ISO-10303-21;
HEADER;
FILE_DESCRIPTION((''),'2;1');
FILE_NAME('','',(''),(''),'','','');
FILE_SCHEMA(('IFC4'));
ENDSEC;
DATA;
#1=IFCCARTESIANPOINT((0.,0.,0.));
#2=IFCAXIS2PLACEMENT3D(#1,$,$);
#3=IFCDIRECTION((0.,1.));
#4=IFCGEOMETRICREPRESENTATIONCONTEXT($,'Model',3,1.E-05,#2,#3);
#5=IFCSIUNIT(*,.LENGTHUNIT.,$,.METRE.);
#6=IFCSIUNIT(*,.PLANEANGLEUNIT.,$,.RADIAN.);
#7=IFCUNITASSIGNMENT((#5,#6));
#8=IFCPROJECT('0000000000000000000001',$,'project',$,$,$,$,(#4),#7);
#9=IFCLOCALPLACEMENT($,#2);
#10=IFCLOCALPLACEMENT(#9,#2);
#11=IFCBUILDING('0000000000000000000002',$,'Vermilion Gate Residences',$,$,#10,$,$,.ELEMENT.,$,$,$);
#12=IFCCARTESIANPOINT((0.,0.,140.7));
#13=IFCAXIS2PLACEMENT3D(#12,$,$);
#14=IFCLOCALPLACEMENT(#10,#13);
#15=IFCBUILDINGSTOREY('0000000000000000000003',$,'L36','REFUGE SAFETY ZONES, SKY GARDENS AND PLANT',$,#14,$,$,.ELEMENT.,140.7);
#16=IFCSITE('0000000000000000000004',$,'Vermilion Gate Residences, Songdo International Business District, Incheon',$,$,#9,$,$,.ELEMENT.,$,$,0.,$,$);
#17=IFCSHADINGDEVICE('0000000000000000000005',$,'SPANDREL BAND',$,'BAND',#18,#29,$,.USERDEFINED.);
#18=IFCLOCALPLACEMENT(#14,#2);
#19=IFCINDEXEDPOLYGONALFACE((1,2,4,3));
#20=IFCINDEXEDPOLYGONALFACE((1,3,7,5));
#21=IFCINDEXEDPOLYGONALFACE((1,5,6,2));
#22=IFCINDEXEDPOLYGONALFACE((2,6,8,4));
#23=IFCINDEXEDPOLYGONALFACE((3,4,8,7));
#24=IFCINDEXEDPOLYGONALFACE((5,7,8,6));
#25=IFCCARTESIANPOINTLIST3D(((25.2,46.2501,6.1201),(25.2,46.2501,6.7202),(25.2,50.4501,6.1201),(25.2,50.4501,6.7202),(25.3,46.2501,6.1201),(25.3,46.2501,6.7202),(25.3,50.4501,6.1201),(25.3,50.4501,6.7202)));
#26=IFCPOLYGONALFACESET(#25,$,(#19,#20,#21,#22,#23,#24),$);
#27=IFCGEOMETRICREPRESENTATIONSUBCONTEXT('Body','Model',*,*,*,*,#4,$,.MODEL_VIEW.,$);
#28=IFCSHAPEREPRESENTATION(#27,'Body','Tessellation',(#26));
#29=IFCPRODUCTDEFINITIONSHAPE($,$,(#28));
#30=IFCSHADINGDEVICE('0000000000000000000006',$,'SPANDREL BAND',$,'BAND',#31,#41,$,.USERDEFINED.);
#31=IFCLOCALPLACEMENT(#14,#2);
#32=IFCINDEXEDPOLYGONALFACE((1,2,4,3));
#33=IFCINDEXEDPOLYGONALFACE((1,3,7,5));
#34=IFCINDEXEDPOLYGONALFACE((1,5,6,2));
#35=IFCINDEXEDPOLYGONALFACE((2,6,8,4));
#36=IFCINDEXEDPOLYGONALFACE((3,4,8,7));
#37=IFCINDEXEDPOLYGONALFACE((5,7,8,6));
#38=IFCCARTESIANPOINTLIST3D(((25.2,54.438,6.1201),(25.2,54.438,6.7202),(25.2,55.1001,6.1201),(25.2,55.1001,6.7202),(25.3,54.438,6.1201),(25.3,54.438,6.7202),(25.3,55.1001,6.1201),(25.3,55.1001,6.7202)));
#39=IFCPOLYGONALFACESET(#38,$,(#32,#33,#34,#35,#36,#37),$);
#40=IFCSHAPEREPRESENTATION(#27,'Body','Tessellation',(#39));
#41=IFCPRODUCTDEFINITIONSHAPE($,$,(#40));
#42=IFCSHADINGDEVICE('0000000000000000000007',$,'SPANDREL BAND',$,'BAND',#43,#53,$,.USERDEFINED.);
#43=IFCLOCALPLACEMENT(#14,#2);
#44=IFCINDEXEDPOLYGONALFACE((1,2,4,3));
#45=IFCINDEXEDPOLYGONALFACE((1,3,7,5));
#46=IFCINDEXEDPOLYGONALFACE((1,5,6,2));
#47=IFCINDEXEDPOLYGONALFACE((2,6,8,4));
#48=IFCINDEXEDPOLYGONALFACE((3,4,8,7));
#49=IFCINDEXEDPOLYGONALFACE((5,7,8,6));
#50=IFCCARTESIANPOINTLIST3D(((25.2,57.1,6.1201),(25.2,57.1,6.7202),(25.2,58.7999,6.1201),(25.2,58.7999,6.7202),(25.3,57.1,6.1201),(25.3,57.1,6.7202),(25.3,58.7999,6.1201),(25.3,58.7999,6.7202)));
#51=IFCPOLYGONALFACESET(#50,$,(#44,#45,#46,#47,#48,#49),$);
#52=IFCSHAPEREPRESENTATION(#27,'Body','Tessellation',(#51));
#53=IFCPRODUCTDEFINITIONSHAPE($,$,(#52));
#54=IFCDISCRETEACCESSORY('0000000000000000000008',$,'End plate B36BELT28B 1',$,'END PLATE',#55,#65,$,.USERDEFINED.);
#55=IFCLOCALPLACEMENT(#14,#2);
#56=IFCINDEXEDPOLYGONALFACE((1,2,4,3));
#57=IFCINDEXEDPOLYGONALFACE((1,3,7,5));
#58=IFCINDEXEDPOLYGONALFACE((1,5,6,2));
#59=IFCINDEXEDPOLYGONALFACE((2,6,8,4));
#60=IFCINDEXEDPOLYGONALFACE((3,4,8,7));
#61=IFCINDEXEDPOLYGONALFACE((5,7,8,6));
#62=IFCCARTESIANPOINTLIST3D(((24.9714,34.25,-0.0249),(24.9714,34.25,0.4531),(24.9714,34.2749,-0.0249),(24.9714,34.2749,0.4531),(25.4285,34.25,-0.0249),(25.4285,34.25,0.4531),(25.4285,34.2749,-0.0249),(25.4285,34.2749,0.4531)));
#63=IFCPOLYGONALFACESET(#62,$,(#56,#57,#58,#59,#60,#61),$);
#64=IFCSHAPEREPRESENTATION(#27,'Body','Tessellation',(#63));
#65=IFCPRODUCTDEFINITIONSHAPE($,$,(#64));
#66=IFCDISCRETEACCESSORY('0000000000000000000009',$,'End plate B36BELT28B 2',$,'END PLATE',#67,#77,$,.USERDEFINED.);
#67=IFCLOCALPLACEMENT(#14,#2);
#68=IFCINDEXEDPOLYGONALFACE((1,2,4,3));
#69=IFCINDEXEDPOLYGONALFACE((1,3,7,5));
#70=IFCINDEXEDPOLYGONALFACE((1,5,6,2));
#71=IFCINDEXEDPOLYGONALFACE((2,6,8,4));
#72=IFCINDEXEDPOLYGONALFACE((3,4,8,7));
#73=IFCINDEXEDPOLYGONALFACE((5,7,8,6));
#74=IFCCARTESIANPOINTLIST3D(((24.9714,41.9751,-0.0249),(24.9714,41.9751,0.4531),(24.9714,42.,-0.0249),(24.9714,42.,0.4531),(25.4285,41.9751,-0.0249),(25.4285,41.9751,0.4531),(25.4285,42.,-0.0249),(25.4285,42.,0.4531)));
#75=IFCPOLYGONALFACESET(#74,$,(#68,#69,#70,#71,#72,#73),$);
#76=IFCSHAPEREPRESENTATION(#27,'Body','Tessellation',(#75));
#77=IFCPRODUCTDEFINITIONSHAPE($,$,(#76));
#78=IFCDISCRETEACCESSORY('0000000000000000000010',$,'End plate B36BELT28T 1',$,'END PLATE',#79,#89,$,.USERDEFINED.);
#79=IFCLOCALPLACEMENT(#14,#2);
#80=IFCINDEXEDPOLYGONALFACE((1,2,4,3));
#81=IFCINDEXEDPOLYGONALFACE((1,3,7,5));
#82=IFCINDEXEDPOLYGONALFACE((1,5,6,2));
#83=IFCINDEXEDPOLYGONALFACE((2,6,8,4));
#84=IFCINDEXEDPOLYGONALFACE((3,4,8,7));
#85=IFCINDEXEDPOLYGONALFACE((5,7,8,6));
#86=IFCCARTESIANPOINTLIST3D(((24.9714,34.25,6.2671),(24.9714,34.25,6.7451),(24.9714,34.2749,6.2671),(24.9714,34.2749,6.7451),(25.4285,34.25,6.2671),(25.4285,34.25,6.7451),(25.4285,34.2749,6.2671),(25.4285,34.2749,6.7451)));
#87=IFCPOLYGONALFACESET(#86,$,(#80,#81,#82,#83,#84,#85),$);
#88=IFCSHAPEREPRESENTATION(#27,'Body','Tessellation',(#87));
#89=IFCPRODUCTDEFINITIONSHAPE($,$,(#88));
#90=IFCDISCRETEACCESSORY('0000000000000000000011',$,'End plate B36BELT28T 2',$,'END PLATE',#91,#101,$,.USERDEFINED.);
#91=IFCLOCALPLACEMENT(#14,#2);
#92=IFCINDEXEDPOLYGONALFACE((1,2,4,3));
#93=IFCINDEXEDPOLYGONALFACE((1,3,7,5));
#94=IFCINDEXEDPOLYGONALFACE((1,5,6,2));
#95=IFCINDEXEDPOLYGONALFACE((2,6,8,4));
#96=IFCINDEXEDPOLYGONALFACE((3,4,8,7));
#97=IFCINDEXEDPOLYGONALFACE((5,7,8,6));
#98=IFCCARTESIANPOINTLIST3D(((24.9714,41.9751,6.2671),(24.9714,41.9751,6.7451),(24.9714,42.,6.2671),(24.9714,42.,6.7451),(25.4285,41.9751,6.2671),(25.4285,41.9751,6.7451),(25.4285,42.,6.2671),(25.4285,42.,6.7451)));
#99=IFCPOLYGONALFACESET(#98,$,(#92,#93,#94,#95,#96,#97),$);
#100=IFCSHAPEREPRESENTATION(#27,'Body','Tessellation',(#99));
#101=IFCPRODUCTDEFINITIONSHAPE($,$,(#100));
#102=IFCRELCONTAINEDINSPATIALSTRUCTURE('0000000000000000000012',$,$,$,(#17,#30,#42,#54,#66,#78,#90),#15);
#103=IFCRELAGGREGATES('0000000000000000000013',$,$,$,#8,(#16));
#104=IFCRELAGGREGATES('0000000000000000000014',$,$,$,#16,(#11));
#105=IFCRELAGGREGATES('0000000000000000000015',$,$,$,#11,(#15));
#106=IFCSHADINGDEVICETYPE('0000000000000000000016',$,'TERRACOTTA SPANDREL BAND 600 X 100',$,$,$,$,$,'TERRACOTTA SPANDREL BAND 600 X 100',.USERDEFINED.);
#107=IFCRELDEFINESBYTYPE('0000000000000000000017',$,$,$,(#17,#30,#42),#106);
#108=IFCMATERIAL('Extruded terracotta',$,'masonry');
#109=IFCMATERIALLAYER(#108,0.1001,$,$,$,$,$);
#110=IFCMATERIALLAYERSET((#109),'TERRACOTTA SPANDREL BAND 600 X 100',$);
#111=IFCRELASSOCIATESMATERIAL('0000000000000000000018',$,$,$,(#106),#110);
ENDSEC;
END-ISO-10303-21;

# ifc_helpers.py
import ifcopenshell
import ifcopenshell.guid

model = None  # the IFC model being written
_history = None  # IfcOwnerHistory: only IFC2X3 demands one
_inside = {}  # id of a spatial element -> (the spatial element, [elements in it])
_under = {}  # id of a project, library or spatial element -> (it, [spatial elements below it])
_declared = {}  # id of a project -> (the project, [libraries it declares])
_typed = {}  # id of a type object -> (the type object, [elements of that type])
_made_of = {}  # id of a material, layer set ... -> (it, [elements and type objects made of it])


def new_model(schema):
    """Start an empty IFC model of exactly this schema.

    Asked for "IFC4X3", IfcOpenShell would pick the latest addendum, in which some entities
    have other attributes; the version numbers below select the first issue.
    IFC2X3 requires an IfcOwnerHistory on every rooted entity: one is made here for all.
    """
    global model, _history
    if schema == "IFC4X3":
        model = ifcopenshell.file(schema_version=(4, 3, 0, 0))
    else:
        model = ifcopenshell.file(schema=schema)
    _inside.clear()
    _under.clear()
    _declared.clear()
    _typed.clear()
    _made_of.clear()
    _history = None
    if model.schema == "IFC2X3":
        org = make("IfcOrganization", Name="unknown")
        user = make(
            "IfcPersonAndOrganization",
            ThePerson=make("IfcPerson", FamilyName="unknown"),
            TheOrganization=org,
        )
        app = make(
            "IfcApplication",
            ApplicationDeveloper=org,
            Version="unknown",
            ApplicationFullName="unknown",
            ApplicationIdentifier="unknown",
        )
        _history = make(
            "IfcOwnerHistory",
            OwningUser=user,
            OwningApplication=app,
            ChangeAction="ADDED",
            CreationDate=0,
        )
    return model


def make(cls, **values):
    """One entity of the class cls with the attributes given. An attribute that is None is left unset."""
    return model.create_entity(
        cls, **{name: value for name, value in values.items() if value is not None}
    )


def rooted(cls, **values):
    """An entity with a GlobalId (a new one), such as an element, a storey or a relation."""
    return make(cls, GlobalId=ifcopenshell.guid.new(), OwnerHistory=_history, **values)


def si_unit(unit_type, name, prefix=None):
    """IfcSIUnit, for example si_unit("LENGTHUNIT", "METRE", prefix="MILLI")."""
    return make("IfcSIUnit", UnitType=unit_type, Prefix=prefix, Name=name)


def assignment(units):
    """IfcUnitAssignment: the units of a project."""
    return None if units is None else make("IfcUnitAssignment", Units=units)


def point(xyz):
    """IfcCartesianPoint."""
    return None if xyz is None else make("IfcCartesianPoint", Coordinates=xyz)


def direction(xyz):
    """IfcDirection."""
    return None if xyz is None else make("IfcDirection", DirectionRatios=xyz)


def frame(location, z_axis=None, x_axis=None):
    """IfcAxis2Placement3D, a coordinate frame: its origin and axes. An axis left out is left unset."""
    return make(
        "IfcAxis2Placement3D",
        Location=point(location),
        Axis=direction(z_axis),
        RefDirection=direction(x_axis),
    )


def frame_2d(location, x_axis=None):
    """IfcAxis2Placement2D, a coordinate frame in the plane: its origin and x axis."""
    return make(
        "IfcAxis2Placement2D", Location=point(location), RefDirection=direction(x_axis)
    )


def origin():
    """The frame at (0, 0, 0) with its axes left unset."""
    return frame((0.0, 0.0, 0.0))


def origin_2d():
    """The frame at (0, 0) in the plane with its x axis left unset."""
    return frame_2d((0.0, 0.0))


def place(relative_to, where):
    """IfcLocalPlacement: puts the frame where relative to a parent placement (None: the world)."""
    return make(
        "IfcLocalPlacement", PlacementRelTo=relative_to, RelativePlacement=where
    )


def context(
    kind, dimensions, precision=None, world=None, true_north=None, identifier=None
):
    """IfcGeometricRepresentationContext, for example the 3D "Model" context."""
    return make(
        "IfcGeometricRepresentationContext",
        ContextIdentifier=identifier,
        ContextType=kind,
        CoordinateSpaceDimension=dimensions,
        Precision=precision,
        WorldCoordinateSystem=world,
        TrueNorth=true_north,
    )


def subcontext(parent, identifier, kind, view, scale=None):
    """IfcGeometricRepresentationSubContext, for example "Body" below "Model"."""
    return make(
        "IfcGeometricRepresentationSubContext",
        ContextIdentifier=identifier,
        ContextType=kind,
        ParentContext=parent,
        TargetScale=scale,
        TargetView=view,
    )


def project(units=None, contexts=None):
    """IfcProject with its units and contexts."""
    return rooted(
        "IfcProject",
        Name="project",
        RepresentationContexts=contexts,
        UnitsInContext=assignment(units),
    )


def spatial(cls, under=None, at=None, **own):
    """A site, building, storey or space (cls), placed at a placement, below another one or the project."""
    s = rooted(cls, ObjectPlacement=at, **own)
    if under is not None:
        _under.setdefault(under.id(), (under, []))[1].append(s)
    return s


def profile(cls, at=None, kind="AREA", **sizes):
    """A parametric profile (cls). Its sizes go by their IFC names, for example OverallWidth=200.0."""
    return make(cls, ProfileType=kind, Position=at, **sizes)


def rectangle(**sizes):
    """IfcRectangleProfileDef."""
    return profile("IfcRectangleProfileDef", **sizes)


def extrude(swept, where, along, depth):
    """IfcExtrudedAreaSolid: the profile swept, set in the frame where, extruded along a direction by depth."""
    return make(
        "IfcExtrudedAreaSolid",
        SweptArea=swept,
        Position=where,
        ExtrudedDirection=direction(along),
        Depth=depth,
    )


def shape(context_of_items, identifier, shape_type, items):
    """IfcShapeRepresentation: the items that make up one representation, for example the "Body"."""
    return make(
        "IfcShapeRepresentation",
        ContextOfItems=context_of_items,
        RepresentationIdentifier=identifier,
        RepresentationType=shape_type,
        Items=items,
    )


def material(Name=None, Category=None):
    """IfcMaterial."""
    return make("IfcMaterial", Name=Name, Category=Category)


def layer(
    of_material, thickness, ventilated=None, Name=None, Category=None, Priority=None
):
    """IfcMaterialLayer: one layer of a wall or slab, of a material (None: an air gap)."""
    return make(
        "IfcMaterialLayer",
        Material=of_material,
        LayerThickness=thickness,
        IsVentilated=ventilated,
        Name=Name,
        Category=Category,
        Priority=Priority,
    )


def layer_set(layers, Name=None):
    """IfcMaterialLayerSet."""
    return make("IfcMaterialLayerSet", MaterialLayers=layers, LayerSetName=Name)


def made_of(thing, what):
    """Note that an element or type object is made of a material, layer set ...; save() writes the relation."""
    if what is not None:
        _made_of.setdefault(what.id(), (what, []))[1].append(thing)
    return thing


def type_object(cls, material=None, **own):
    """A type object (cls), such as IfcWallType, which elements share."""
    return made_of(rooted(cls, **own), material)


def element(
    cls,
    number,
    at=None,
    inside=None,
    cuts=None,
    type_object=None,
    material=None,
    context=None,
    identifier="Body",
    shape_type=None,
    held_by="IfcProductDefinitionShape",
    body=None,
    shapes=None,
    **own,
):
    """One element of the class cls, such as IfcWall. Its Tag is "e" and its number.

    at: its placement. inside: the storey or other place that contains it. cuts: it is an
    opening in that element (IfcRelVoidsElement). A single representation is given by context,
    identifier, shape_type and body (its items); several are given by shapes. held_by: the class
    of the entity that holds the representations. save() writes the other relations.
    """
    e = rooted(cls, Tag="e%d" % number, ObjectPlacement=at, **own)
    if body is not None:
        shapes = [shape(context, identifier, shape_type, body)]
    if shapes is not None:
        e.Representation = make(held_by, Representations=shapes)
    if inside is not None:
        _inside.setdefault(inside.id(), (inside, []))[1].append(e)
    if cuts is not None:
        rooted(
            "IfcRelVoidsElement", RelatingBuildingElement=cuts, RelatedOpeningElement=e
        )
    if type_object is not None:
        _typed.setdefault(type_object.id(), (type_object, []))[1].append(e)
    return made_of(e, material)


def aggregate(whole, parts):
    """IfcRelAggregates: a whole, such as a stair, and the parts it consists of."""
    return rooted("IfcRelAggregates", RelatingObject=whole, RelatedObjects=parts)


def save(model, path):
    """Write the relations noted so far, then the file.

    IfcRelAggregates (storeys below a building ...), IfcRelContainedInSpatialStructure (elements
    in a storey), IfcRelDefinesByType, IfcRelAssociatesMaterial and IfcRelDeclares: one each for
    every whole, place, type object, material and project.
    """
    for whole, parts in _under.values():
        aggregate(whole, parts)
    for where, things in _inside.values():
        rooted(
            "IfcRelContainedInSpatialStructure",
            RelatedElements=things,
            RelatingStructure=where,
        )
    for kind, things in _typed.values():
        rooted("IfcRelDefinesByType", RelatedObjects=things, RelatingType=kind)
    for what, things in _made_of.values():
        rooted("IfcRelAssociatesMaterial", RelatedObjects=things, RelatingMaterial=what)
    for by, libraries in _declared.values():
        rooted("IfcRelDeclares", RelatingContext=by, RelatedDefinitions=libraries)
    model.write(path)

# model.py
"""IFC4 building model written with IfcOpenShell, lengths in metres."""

from ifc_helpers import new_model, si_unit, direction, frame, origin, origin_2d, place, context, subcontext, project, spatial, rectangle, extrude, material, layer, layer_set, type_object, element, save


model = new_model("IFC4")

# Units and contexts
model_context = context("Model", 3, precision=1e-05, world=origin(), true_north=direction((0.0, 1.0)))
body_context = subcontext(model_context, "Body", "Model", "MODEL_VIEW")
ifc_project = project(units=[si_unit("LENGTHUNIT", "METRE"), si_unit("PLANEANGLEUNIT", "RADIAN")], contexts=[model_context])

# Site, building, storey
site_placement = place(None, origin())
site = spatial("IfcSite", under=ifc_project, at=site_placement, Name="Vermilion Gate Residences, Songdo International Business District, Incheon", CompositionType="ELEMENT", RefElevation=0.0)
building_placement = place(site_placement, origin())
building = spatial("IfcBuilding", under=site, at=building_placement, Name="Vermilion Gate Residences", CompositionType="ELEMENT")
storey_placement = place(building_placement, frame((0.0, 0.0, 140.7)))
storey = spatial("IfcBuildingStorey", under=building, at=storey_placement, Name="L36", Description="REFUGE SAFETY ZONES, SKY GARDENS AND PLANT", CompositionType="ELEMENT", Elevation=140.7)

# Shading devices
ifc_material_1 = material(Name="Extruded terracotta", Category="masonry")
ifc_layer_1 = layer(ifc_material_1, 0.1001)
ifc_layer_set_1 = layer_set([ifc_layer_1], Name="TERRACOTTA SPANDREL BAND 600 X 100")
shading_device_type = type_object("IfcShadingDeviceType", Name="TERRACOTTA SPANDREL BAND 600 X 100", ElementType="TERRACOTTA SPANDREL BAND 600 X 100", PredefinedType="USERDEFINED", material=ifc_layer_set_1)
shading_device_1_placement = place(storey_placement, frame((25.25, 48.3501, 6.1201), z_axis=(0.0, 0.0, 1.0), x_axis=(0.0, 1.0, 0.0)))
element("IfcShadingDevice", 1, at=shading_device_1_placement, inside=storey, type_object=shading_device_type, Name="SPANDREL BAND", ObjectType="BAND", PredefinedType="USERDEFINED", context=body_context, shape_type="SweptSolid", body=[
    extrude(rectangle(XDim=4.2, YDim=0.1001, at=origin_2d()), origin(), (0.0, 0.0, 1.0), 0.6001),
])
shading_device_2_placement = place(storey_placement, frame((25.25, 54.769, 6.1201), z_axis=(0.0, 0.0, 1.0), x_axis=(0.0, 1.0, 0.0)))
element("IfcShadingDevice", 2, at=shading_device_2_placement, inside=storey, type_object=shading_device_type, Name="SPANDREL BAND", ObjectType="BAND", PredefinedType="USERDEFINED", context=body_context, shape_type="SweptSolid", body=[
    extrude(rectangle(XDim=0.6621, YDim=0.1001, at=origin_2d()), origin(), (0.0, 0.0, 1.0), 0.6001),
])
shading_device_3_placement = place(storey_placement, frame((25.25, 57.95, 6.1201), z_axis=(0.0, 0.0, 1.0), x_axis=(0.0, 1.0, 0.0)))
element("IfcShadingDevice", 3, at=shading_device_3_placement, inside=storey, type_object=shading_device_type, Name="SPANDREL BAND", ObjectType="BAND", PredefinedType="USERDEFINED", context=body_context, shape_type="SweptSolid", body=[
    extrude(rectangle(XDim=1.7, YDim=0.1001, at=origin_2d()), origin(), (0.0, 0.0, 1.0), 0.6001),
])

# Discrete accessories
for number, where, z_axis, x_axis, name in (
    (4, (25.2, 34.2625, -0.0249), (0.0, 0.0, 1.0), (1.0, 0.0, 0.0), "End plate B36BELT28B 1"),
    (5, (25.2, 41.9875, -0.0249), (0.0, 0.0, 1.0), (1.0, 0.0, 0.0), "End plate B36BELT28B 2"),
    (6, (25.2, 34.2625, 6.2671), (0.0, 0.0, 1.0), (1.0, 0.0, 0.0), "End plate B36BELT28T 1"),
    (7, (25.2, 41.9875, 6.2671), (0.0, 0.0, 1.0), (1.0, 0.0, 0.0), "End plate B36BELT28T 2"),
):
    element("IfcDiscreteAccessory", number, at=place(storey_placement, frame(where, z_axis=z_axis, x_axis=x_axis)), inside=storey, Name=name, ObjectType="END PLATE", PredefinedType="USERDEFINED", context=body_context, shape_type="SweptSolid", body=[
        extrude(rectangle(XDim=0.457, YDim=0.0249, at=origin_2d()), origin(), (0.0, 0.0, 1.0), 0.478),
    ])

save(model, "model.ifc")
